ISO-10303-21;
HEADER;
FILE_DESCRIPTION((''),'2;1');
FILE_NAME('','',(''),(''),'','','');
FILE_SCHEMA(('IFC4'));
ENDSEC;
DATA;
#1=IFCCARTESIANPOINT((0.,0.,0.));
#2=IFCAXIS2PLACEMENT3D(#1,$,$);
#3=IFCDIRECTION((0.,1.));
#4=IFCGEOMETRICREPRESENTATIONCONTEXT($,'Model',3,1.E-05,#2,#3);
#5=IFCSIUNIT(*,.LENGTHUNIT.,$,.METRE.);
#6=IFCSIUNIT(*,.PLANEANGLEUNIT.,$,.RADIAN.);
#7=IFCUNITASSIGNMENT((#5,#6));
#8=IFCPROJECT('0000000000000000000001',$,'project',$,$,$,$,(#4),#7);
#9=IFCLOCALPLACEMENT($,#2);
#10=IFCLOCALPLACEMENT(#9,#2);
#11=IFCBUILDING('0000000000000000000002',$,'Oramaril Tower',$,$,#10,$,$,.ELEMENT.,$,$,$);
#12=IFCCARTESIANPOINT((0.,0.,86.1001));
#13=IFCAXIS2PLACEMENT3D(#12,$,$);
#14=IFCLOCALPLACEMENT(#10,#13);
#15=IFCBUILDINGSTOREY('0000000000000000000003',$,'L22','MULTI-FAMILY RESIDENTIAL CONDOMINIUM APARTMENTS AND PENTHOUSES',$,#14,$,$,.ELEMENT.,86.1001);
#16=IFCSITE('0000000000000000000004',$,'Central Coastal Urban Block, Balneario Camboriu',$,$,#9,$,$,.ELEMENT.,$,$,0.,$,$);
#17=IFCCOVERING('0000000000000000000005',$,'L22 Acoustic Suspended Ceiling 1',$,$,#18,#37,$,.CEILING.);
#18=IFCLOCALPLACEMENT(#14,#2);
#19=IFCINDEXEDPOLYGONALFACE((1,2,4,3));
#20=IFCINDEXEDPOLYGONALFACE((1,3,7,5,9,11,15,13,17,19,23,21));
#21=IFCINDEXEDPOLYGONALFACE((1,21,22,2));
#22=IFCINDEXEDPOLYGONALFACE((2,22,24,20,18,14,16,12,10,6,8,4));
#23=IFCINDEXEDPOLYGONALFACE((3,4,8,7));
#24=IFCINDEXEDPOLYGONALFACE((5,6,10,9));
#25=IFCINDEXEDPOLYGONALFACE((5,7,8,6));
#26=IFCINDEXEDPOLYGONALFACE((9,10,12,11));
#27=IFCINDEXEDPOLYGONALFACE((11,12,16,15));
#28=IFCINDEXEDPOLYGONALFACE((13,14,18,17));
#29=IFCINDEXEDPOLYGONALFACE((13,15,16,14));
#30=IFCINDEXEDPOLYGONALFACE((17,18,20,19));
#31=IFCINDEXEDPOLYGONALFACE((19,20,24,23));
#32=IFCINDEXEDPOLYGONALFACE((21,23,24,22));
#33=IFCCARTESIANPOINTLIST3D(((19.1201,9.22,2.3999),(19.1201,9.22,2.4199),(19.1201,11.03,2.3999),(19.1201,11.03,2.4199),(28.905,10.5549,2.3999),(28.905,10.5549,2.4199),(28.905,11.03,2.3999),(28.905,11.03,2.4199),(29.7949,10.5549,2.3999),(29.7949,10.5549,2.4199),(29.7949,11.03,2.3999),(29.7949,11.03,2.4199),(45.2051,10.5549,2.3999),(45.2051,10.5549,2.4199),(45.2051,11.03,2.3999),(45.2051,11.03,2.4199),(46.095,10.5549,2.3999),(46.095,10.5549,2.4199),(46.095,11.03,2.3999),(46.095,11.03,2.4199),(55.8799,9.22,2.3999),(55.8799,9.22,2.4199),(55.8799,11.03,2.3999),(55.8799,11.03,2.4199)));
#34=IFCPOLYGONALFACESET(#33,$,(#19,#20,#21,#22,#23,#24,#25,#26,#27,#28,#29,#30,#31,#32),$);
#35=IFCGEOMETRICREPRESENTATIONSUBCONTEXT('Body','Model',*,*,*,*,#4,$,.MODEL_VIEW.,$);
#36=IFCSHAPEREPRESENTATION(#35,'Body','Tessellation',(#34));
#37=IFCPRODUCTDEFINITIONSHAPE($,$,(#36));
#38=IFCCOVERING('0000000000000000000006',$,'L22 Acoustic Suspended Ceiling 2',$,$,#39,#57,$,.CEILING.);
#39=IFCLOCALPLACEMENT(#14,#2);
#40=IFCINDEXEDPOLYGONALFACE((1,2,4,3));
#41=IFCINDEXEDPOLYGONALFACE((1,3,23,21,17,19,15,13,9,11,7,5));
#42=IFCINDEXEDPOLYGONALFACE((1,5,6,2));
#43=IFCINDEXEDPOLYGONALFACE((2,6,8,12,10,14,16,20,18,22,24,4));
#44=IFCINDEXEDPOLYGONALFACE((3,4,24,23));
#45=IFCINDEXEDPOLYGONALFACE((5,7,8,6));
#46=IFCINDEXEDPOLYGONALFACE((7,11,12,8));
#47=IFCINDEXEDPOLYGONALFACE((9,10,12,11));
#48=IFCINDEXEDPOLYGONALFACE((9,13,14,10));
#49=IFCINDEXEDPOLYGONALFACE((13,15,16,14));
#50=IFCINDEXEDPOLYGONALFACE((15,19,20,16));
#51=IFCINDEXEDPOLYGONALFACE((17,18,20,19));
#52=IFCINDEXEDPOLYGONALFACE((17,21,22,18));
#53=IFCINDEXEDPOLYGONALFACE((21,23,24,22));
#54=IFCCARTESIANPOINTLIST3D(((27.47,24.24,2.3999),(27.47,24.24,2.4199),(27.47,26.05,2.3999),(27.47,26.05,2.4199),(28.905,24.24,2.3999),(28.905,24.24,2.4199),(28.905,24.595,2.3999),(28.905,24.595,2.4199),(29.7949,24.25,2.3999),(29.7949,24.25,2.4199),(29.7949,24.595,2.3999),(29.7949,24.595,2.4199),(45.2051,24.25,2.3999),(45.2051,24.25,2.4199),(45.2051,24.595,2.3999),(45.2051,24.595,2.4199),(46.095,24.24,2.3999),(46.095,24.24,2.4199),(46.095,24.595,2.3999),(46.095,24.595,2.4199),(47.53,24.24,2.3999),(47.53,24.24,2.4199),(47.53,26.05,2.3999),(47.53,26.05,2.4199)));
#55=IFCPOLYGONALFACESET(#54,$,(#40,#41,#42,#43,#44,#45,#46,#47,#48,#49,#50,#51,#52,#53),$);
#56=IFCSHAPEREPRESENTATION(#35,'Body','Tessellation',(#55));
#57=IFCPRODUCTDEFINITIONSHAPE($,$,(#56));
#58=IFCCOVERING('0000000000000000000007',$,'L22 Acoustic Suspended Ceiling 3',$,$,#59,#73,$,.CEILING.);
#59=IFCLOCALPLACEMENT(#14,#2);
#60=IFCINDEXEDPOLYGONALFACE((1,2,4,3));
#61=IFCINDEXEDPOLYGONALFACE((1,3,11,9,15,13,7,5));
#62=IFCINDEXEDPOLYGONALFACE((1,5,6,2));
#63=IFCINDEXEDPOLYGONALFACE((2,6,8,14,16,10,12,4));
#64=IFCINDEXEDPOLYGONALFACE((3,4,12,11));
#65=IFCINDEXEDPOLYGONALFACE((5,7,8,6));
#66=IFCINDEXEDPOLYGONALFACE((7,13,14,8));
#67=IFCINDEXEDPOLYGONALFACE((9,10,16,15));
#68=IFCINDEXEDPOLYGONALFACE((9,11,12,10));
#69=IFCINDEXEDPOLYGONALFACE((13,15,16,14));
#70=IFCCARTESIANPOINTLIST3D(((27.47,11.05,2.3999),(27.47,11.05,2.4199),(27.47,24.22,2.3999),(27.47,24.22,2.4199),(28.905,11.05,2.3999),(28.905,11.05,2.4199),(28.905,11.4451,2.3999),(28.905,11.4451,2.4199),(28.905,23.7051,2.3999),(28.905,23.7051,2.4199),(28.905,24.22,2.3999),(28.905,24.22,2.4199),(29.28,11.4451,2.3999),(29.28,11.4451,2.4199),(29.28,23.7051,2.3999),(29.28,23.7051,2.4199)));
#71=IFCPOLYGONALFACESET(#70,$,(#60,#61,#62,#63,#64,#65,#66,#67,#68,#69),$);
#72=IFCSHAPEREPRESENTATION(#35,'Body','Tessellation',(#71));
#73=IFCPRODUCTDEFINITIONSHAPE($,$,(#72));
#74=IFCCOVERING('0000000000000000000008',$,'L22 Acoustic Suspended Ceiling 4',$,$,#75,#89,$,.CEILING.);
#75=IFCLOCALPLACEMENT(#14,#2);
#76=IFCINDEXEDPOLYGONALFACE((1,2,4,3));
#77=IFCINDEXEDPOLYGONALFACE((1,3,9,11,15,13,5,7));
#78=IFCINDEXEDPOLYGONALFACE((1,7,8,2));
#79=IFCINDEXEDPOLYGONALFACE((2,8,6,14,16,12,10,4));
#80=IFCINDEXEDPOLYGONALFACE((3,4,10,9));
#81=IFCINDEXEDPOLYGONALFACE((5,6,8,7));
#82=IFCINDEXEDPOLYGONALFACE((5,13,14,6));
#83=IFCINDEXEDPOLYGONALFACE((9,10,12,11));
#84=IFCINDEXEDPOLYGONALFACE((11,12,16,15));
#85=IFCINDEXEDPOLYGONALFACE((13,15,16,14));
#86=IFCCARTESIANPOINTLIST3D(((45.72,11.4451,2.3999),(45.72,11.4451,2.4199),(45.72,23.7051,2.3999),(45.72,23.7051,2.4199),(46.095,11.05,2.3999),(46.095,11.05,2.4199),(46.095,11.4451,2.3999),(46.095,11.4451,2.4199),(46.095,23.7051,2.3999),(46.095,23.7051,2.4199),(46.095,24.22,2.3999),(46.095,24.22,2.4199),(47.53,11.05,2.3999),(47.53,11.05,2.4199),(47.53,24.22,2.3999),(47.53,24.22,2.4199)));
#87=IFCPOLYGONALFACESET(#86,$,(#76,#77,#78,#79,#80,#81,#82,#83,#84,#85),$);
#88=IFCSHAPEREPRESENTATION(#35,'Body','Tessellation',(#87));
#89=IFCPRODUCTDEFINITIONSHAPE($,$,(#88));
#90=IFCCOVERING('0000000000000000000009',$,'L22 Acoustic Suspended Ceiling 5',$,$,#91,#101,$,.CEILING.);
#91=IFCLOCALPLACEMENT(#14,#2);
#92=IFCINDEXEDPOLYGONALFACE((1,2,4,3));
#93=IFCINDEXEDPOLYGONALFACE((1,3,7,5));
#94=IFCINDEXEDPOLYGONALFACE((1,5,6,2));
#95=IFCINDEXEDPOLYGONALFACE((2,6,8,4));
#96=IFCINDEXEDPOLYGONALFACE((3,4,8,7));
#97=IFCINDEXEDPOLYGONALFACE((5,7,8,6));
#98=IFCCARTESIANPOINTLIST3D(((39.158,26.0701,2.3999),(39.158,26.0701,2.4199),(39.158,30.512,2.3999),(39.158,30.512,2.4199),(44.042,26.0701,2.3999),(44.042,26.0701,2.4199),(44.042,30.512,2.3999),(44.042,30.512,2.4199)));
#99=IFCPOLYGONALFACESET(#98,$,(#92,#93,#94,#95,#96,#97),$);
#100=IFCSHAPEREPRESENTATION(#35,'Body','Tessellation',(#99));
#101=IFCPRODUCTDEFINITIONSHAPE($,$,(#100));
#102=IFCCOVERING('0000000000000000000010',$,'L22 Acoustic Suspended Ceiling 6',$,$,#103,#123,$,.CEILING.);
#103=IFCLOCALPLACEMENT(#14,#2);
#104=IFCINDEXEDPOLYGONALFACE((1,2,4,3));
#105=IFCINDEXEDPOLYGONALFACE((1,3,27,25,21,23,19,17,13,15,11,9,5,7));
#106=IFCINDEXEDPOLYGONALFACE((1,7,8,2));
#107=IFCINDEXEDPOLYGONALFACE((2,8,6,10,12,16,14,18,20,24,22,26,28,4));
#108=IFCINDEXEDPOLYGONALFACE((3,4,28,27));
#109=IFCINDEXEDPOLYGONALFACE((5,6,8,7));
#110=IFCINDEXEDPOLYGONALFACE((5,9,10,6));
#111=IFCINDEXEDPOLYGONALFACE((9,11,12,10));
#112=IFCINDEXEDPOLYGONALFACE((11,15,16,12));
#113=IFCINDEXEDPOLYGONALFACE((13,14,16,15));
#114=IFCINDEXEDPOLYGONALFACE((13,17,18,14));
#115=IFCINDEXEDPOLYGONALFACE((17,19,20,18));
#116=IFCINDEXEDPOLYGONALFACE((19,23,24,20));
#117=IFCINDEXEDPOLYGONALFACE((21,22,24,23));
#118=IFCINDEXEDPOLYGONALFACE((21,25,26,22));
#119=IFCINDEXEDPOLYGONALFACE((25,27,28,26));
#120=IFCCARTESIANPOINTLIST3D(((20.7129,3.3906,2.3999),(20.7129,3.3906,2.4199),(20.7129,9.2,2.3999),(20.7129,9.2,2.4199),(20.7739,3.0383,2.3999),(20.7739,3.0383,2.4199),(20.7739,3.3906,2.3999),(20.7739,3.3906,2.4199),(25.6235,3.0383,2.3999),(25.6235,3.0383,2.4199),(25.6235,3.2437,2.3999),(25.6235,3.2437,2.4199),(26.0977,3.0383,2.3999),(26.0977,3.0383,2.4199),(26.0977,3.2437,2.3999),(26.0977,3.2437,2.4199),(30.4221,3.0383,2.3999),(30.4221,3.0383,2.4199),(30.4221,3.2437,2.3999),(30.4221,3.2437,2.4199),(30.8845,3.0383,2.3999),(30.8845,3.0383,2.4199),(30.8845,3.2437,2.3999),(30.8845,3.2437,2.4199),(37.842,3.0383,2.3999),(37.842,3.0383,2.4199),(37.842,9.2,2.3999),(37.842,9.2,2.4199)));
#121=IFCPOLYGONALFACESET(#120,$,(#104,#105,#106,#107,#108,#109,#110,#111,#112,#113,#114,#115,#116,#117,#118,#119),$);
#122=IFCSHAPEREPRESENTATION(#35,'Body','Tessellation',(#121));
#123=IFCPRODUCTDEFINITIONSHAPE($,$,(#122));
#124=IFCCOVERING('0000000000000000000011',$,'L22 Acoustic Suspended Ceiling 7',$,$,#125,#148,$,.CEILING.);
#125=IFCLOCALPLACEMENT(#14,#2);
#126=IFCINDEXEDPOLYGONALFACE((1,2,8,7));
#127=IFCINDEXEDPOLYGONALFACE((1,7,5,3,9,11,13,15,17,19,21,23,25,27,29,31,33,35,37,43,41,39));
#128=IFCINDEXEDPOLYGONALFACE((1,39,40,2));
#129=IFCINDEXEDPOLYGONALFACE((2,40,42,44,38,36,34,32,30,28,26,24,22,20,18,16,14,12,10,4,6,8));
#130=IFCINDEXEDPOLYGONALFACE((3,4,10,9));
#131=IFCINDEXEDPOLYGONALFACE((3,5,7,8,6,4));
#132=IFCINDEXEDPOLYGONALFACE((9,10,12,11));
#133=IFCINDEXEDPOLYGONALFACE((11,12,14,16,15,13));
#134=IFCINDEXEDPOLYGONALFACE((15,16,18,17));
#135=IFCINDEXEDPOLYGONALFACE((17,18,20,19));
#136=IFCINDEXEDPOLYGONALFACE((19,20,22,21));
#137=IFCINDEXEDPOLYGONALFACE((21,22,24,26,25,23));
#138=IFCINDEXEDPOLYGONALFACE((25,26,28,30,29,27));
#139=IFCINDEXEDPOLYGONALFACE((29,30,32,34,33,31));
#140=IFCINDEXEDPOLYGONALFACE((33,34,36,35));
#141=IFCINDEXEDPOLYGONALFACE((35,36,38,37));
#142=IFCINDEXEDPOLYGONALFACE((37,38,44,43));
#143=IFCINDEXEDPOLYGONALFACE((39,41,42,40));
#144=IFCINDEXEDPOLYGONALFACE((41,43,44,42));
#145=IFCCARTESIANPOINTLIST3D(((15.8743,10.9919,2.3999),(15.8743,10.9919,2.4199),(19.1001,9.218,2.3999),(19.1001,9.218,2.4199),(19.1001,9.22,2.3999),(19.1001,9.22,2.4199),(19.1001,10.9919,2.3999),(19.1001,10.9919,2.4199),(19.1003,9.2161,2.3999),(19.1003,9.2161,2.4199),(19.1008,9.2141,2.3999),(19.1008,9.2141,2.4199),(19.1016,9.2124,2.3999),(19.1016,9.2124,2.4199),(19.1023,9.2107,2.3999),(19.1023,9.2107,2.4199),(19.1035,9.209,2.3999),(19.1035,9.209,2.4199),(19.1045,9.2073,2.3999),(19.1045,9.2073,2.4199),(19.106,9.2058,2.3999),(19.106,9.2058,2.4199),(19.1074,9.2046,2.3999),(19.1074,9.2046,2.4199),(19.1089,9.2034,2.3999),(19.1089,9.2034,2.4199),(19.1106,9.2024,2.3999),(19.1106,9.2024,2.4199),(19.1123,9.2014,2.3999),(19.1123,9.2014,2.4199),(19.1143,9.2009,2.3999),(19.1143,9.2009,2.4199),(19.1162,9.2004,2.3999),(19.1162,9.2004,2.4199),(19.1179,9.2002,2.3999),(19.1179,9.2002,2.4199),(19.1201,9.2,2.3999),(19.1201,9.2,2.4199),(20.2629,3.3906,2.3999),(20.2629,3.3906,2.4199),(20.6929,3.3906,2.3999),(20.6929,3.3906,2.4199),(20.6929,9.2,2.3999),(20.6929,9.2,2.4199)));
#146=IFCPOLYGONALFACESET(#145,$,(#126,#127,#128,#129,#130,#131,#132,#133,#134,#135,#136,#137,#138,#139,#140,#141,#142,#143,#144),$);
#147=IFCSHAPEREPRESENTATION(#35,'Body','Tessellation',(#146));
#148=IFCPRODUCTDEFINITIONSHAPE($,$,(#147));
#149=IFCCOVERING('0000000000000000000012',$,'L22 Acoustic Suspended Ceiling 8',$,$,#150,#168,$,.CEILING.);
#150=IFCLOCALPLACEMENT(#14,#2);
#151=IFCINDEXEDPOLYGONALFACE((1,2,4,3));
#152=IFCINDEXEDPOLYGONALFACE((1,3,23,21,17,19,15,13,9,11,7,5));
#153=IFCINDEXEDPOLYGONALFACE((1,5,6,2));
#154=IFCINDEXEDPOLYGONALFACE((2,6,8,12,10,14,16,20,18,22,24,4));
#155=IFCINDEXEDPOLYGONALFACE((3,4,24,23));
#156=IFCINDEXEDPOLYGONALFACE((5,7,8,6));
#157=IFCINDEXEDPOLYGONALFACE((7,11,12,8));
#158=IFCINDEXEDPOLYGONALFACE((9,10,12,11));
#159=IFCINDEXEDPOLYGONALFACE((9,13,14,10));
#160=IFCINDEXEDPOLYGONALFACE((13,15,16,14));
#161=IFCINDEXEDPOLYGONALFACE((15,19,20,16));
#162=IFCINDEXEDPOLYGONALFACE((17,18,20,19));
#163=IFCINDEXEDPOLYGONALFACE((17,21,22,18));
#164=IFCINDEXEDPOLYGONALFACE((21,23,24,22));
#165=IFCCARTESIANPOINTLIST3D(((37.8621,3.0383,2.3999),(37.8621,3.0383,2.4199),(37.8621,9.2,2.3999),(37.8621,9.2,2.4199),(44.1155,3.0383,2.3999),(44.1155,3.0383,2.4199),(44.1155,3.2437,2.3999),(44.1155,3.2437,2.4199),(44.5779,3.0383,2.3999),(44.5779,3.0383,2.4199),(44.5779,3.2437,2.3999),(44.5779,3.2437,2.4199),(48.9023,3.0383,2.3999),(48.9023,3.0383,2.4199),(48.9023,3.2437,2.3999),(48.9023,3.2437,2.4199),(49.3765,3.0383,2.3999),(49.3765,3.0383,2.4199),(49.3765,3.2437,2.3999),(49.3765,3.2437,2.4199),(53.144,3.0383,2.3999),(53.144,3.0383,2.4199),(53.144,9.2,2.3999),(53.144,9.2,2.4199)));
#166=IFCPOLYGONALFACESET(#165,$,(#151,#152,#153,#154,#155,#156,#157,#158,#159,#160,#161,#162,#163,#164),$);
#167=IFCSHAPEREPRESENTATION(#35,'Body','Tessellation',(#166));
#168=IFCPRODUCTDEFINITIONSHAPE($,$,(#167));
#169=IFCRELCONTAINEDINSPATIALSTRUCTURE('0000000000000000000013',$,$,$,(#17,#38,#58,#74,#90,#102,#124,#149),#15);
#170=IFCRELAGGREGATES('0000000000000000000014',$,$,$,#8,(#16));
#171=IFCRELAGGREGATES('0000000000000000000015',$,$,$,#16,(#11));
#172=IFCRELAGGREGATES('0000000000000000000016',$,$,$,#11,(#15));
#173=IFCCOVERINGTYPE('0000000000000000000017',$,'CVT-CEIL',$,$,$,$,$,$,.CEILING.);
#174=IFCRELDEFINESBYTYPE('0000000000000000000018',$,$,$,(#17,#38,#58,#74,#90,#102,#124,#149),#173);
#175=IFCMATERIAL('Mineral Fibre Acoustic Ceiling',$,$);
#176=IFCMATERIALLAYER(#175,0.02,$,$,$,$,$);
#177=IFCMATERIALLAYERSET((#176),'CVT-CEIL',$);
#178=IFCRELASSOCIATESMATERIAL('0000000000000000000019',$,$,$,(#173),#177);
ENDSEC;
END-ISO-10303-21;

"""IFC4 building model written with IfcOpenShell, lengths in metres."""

from ifc_helpers import new_model, si_unit, direction, frame, origin, place, context, subcontext, project, spatial, polyline, outline, extrude, material, layer, layer_set, type_object, element, save


model = new_model("IFC4")

# Units and contexts
model_context = context("Model", 3, precision=1e-05, world=origin(), true_north=direction((0.0, 1.0)))
body_context = subcontext(model_context, "Body", "Model", "MODEL_VIEW")
ifc_project = project(units=[si_unit("LENGTHUNIT", "METRE"), si_unit("PLANEANGLEUNIT", "RADIAN")], contexts=[model_context])

# Site, building, storey
site_placement = place(None, origin())
site = spatial("IfcSite", under=ifc_project, at=site_placement, Name="Central Coastal Urban Block, Balneario Camboriu", CompositionType="ELEMENT", RefElevation=0.0)
building_placement = place(site_placement, origin())
building = spatial("IfcBuilding", under=site, at=building_placement, Name="Oramaril Tower", CompositionType="ELEMENT")
storey_placement = place(building_placement, frame((0.0, 0.0, 86.1001)))
storey = spatial("IfcBuildingStorey", under=building, at=storey_placement, Name="L22", Description="MULTI-FAMILY RESIDENTIAL CONDOMINIUM APARTMENTS AND PENTHOUSES", CompositionType="ELEMENT", Elevation=86.1001)

# Coverings
ifc_material_1 = material(Name="Mineral Fibre Acoustic Ceiling")
ifc_layer_1 = layer(ifc_material_1, 0.02)
ifc_layer_set_1 = layer_set([ifc_layer_1], Name="CVT-CEIL")
covering_type_1 = type_object("IfcCoveringType", Name="CVT-CEIL", PredefinedType="CEILING", material=ifc_layer_set_1)
covering_1_placement = place(storey_placement, frame((0.0, 0.0, 2.3999)))
element("IfcCovering", 1, at=covering_1_placement, inside=storey, type_object=covering_type_1, Name="L22 Acoustic Suspended Ceiling 1", PredefinedType="CEILING", context=body_context, shape_type="SweptSolid", body=[
    extrude(outline(polyline([(28.905, 10.5549), (29.7949, 10.5549), (29.7949, 11.03), (45.2051, 11.03), (45.2051, 10.5549), (46.095, 10.5549), (46.095, 11.03), (55.8799, 11.03), (55.8799, 9.22), (19.1201, 9.22), (19.1201, 11.03), (28.905, 11.03), (28.905, 10.5549)])), origin(), (0.0, 0.0, 1.0), 0.02),
])
covering_2_placement = place(storey_placement, frame((0.0, 0.0, 2.3999)))
element("IfcCovering", 2, at=covering_2_placement, inside=storey, type_object=covering_type_1, Name="L22 Acoustic Suspended Ceiling 2", PredefinedType="CEILING", context=body_context, shape_type="SweptSolid", body=[
    extrude(outline(polyline([(47.53, 24.24), (46.095, 24.24), (46.095, 24.595), (45.2051, 24.595), (45.2051, 24.25), (29.7949, 24.25), (29.7949, 24.595), (28.905, 24.595), (28.905, 24.24), (27.47, 24.24), (27.47, 26.05), (47.53, 26.05), (47.53, 24.24)])), origin(), (0.0, 0.0, 1.0), 0.02),
])
covering_3_placement = place(storey_placement, frame((0.0, 0.0, 2.3999)))
element("IfcCovering", 3, at=covering_3_placement, inside=storey, type_object=covering_type_1, Name="L22 Acoustic Suspended Ceiling 3", PredefinedType="CEILING", context=body_context, shape_type="SweptSolid", body=[
    extrude(outline(polyline([(28.905, 23.7051), (29.28, 23.7051), (29.28, 11.4451), (28.905, 11.4451), (28.905, 11.05), (27.47, 11.05), (27.47, 24.22), (28.905, 24.22), (28.905, 23.7051)])), origin(), (0.0, 0.0, 1.0), 0.02),
])
covering_4_placement = place(storey_placement, frame((0.0, 0.0, 2.3999)))
element("IfcCovering", 4, at=covering_4_placement, inside=storey, type_object=covering_type_1, Name="L22 Acoustic Suspended Ceiling 4", PredefinedType="CEILING", context=body_context, shape_type="SweptSolid", body=[
    extrude(outline(polyline([(47.53, 11.05), (46.095, 11.05), (46.095, 11.4451), (45.72, 11.4451), (45.72, 23.7051), (46.095, 23.7051), (46.095, 24.22), (47.53, 24.22), (47.53, 11.05)])), origin(), (0.0, 0.0, 1.0), 0.02),
])
covering_5_placement = place(storey_placement, frame((0.0, 0.0, 2.3999)))
element("IfcCovering", 5, at=covering_5_placement, inside=storey, type_object=covering_type_1, Name="L22 Acoustic Suspended Ceiling 5", PredefinedType="CEILING", context=body_context, shape_type="SweptSolid", body=[
    extrude(outline(polyline([(44.042, 30.512), (44.042, 26.0701), (39.158, 26.0701), (39.158, 30.512), (44.042, 30.512)])), origin(), (0.0, 0.0, 1.0), 0.02),
])
covering_6_placement = place(storey_placement, frame((0.0, 0.0, 2.3999)))
element("IfcCovering", 6, at=covering_6_placement, inside=storey, type_object=covering_type_1, Name="L22 Acoustic Suspended Ceiling 6", PredefinedType="CEILING", context=body_context, shape_type="SweptSolid", body=[
    extrude(outline(polyline([(30.8845, 3.2437), (30.4221, 3.2437), (30.4221, 3.0383), (26.0977, 3.0383), (26.0977, 3.2437), (25.6235, 3.2437), (25.6235, 3.0383), (20.7739, 3.0383), (20.7739, 3.3906), (20.7129, 3.3906), (20.7129, 9.2), (37.842, 9.2), (37.842, 3.0383), (30.8845, 3.0383), (30.8845, 3.2437)])), origin(), (0.0, 0.0, 1.0), 0.02),
])
covering_7_placement = place(storey_placement, frame((0.0, 0.0, 2.3999)))
element("IfcCovering", 7, at=covering_7_placement, inside=storey, type_object=covering_type_1, Name="L22 Acoustic Suspended Ceiling 7", PredefinedType="CEILING", context=body_context, shape_type="SweptSolid", body=[
    extrude(outline(polyline([(20.2629, 3.3906), (15.8743, 10.9919), (19.1001, 10.9919), (19.1001, 9.22), (19.1001, 9.218), (19.1003, 9.2161), (19.1008, 9.2141), (19.1016, 9.2124), (19.1023, 9.2107), (19.1035, 9.209), (19.1045, 9.2073), (19.106, 9.2058), (19.1074, 9.2046), (19.1089, 9.2034), (19.1106, 9.2024), (19.1123, 9.2014), (19.1143, 9.2009), (19.1162, 9.2004), (19.1179, 9.2002), (19.1201, 9.2), (20.6929, 9.2), (20.6929, 3.3906), (20.2629, 3.3906)])), origin(), (0.0, 0.0, 1.0), 0.02),
])
covering_8_placement = place(storey_placement, frame((0.0, 0.0, 2.3999)))
element("IfcCovering", 8, at=covering_8_placement, inside=storey, type_object=covering_type_1, Name="L22 Acoustic Suspended Ceiling 8", PredefinedType="CEILING", context=body_context, shape_type="SweptSolid", body=[
    extrude(outline(polyline([(49.3765, 3.0383), (49.3765, 3.2437), (48.9023, 3.2437), (48.9023, 3.0383), (44.5779, 3.0383), (44.5779, 3.2437), (44.1155, 3.2437), (44.1155, 3.0383), (37.8621, 3.0383), (37.8621, 9.2), (53.144, 9.2), (53.144, 3.0383), (49.3765, 3.0383)])), origin(), (0.0, 0.0, 1.0), 0.02),
])

save(model, "model.ifc")
